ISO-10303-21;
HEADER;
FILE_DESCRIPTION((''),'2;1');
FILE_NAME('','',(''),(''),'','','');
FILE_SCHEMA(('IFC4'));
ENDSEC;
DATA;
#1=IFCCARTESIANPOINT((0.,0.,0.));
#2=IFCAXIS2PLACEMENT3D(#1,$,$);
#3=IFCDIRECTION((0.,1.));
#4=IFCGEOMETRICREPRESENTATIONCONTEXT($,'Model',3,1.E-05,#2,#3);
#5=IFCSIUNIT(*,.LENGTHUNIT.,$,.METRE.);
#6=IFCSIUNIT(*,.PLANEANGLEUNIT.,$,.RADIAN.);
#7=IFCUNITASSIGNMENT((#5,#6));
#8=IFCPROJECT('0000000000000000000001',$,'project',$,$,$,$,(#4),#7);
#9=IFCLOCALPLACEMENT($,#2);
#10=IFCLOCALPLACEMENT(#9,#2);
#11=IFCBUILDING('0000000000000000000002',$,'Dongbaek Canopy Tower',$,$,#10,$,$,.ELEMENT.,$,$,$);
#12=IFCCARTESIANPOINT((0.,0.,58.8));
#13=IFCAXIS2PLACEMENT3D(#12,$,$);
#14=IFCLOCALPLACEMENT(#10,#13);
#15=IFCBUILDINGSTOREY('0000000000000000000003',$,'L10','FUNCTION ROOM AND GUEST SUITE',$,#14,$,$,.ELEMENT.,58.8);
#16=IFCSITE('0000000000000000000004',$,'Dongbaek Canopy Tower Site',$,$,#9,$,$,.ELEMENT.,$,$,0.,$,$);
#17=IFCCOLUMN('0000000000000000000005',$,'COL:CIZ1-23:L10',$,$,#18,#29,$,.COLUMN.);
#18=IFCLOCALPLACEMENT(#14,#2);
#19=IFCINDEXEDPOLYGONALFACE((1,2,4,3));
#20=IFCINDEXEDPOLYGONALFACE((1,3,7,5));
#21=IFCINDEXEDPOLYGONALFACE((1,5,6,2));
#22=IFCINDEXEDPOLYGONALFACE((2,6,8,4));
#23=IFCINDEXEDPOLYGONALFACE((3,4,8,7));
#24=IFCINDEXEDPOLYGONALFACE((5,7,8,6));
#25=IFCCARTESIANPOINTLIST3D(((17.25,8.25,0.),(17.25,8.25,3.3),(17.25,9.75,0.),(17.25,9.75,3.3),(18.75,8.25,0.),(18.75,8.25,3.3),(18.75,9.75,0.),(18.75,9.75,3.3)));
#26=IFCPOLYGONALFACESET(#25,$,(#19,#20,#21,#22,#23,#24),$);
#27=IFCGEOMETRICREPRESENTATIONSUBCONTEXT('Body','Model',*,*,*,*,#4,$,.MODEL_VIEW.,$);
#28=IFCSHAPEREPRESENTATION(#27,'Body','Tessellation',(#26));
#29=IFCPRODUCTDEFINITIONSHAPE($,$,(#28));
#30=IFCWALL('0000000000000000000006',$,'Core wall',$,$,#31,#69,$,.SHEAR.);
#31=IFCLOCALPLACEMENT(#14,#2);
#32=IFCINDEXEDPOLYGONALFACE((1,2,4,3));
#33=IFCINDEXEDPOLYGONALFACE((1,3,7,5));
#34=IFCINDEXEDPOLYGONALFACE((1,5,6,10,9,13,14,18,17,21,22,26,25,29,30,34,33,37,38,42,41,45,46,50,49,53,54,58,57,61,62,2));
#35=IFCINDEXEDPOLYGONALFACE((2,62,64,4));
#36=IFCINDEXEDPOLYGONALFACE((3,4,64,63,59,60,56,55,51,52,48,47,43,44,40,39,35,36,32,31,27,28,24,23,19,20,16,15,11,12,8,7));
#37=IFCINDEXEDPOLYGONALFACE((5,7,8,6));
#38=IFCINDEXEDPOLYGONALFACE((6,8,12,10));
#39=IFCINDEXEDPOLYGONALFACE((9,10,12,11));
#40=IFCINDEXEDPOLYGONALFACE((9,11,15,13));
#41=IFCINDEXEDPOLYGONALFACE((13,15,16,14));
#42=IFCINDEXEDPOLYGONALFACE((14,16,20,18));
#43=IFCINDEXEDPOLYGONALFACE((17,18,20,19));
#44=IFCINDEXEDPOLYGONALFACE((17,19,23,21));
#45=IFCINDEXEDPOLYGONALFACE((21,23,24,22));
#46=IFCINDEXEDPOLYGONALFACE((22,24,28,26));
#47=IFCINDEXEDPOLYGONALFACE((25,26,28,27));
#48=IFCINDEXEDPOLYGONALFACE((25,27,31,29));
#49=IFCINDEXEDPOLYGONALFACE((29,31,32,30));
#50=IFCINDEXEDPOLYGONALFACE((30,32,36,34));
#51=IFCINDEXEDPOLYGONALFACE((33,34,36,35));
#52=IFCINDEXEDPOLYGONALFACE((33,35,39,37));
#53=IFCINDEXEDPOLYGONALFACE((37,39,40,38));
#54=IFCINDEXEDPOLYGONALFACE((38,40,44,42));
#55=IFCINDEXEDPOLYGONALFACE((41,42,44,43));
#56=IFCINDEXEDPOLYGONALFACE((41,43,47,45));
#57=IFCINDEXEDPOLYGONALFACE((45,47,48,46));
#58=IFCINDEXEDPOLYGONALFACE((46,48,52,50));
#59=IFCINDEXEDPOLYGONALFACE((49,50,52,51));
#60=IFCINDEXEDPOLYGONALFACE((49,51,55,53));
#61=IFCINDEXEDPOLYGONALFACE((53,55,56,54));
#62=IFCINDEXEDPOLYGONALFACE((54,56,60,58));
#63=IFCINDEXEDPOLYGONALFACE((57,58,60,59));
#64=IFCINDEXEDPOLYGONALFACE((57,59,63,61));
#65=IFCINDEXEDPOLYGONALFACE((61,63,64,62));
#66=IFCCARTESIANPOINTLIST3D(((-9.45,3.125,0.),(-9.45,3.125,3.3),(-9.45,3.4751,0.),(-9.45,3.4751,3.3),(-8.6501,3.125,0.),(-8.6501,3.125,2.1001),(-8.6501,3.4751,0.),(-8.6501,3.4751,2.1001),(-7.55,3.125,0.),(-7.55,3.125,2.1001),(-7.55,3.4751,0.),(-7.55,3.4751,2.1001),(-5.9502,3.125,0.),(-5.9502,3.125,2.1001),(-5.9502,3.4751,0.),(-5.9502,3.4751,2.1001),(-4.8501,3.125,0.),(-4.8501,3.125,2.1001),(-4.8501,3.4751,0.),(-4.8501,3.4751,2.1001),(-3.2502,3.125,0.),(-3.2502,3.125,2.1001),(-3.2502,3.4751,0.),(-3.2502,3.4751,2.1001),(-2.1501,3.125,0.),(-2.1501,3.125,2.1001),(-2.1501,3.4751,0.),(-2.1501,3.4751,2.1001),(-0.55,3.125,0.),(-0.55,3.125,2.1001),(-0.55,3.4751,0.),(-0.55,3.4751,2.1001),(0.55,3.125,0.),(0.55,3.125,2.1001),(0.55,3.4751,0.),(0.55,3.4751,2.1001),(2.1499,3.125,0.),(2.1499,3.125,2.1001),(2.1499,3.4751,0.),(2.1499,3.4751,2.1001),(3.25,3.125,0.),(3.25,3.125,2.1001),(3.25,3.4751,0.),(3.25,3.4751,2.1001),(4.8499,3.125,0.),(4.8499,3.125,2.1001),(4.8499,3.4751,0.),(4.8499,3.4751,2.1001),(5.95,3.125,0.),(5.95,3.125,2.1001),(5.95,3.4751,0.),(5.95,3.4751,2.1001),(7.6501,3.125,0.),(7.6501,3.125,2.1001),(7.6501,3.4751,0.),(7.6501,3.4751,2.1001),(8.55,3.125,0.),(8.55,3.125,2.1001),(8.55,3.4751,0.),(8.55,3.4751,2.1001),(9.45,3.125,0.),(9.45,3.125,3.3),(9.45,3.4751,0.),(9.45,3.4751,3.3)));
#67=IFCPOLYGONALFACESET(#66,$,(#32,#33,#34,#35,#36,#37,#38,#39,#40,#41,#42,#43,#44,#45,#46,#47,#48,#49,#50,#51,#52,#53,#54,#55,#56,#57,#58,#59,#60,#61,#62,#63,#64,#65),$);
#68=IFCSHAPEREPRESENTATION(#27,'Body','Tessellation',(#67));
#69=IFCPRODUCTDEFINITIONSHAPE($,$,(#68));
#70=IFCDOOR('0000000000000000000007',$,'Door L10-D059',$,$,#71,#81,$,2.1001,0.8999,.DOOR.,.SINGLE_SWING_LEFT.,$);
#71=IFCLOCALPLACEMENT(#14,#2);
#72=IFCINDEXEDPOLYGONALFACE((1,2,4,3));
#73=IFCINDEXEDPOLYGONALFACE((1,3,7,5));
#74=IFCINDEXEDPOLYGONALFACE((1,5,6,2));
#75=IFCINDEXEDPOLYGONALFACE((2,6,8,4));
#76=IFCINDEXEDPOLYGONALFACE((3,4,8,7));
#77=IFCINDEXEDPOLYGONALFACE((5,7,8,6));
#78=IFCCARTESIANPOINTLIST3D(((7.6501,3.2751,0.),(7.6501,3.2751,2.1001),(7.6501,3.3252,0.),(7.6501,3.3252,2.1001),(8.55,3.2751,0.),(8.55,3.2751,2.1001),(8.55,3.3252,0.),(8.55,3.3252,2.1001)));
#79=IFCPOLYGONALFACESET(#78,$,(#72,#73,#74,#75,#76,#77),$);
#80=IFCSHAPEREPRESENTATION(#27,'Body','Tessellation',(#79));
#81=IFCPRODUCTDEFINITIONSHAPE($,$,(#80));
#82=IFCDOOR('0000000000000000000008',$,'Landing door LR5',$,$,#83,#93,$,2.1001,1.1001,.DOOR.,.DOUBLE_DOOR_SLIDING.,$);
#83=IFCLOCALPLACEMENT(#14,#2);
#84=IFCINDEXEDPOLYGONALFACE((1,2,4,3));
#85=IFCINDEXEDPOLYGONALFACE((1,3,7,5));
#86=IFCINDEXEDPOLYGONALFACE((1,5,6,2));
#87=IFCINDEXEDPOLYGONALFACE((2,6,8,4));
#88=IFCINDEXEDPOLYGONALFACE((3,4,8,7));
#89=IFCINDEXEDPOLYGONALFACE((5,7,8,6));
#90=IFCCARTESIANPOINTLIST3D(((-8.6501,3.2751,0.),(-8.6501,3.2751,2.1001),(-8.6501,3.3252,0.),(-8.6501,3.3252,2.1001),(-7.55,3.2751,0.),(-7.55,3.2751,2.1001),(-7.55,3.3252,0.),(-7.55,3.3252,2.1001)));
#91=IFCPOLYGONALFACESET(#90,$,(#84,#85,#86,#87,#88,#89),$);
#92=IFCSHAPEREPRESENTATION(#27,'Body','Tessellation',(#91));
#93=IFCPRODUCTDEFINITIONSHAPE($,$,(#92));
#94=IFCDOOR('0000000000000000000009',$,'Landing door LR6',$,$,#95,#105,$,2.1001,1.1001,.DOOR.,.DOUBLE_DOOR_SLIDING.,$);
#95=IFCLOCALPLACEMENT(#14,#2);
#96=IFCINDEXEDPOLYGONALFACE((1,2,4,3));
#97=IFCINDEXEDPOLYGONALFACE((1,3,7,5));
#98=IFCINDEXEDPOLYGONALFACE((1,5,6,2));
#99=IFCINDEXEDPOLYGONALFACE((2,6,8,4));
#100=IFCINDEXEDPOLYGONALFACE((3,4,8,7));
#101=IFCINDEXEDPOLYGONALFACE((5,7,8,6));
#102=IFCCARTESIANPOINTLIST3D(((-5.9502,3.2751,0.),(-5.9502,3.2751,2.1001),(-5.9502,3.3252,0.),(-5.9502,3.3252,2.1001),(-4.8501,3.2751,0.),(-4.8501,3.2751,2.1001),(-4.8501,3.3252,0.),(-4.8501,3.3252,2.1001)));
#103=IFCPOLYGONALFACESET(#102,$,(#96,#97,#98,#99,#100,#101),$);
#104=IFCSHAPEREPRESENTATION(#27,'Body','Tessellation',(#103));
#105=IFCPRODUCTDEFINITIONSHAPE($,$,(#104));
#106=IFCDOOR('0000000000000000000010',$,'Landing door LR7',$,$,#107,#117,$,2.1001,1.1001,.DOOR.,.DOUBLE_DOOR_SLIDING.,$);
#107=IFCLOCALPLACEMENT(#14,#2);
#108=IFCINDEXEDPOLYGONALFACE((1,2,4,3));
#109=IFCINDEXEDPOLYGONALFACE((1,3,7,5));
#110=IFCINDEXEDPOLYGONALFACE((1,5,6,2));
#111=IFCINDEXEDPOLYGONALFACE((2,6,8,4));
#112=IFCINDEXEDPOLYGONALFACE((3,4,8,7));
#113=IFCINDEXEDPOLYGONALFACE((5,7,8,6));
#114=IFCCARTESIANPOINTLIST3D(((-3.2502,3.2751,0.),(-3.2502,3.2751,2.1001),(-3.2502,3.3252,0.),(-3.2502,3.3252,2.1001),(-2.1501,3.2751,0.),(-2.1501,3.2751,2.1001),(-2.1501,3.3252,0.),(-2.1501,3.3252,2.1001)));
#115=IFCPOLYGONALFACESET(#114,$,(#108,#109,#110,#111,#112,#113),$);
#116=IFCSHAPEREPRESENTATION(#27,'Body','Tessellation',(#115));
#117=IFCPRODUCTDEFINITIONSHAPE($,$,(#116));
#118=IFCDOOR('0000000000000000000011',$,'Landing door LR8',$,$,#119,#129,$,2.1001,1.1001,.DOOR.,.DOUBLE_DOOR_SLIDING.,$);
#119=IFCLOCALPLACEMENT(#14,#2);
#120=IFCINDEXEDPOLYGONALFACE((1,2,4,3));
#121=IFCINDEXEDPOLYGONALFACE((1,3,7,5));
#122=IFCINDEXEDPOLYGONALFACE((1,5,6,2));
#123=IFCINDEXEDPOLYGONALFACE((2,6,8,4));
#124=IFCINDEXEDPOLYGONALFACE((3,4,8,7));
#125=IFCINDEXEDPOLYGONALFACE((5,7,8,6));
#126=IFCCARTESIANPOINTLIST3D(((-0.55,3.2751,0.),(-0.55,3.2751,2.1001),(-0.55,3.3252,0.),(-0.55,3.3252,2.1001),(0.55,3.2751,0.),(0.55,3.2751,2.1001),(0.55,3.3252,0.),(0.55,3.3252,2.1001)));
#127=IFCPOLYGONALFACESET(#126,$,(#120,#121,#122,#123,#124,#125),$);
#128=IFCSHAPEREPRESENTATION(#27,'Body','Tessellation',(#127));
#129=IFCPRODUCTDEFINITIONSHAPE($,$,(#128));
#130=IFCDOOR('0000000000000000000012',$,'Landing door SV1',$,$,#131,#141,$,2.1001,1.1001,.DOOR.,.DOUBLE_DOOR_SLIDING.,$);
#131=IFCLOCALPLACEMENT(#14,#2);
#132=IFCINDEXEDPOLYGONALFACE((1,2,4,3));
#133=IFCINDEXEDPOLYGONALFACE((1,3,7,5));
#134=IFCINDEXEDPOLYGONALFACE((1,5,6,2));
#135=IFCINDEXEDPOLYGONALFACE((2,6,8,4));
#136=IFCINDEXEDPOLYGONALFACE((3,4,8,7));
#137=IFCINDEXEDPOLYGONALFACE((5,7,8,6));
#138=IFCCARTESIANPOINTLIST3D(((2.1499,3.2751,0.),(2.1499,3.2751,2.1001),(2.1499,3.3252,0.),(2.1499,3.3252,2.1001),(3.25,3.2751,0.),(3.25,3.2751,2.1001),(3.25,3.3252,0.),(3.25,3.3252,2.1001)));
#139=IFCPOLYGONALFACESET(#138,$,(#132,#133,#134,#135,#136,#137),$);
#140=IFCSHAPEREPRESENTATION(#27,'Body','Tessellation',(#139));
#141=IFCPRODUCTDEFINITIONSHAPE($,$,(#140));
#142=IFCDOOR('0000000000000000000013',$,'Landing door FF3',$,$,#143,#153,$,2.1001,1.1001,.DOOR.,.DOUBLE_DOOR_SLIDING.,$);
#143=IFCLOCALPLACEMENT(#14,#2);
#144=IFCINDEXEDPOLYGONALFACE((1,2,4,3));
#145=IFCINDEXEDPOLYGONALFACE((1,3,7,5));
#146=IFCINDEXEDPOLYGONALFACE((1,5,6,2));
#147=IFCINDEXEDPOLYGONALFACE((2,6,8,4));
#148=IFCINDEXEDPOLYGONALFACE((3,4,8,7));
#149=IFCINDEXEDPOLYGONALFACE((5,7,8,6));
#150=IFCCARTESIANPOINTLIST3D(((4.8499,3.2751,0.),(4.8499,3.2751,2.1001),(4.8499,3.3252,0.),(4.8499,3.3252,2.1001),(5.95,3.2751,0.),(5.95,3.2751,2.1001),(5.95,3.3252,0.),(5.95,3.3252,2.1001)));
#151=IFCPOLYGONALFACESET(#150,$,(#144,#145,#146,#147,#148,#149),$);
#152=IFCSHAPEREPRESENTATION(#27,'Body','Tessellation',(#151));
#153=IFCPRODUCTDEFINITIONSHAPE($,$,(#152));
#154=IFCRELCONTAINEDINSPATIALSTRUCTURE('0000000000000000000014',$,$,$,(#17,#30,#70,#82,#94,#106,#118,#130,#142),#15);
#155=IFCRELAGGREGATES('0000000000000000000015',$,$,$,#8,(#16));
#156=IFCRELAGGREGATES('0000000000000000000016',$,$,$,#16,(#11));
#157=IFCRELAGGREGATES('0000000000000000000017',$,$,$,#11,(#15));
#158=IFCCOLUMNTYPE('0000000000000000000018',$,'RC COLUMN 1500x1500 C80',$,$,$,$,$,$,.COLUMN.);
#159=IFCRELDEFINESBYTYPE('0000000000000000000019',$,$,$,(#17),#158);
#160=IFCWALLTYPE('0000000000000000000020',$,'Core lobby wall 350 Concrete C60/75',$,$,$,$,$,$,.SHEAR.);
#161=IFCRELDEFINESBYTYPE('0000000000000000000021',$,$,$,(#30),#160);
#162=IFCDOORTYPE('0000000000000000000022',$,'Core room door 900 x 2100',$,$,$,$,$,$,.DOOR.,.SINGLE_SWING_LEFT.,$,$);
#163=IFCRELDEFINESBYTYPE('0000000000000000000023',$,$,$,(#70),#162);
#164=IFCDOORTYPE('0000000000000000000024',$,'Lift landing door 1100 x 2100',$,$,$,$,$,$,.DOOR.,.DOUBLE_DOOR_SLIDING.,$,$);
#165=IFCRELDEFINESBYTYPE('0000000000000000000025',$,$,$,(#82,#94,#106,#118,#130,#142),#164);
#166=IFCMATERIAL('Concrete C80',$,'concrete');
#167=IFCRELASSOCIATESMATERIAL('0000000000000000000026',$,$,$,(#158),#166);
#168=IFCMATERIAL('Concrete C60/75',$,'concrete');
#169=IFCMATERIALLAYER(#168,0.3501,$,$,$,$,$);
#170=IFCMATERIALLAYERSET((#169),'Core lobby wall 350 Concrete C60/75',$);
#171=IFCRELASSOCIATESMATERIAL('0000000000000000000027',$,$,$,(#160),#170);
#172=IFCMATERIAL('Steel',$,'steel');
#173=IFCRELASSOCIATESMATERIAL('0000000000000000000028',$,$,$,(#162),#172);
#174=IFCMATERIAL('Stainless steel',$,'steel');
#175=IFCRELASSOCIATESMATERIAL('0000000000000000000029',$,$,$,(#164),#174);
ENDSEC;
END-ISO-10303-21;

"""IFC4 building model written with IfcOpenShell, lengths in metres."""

from ifc_helpers import new_model, si_unit, direction, frame, frame_2d, origin, origin_2d, place, context, subcontext, project, spatial, rectangle, extrude, material, layer, layer_set, material_profile, profile_set, type_object, element, fill, save


model = new_model("IFC4")

# Units and contexts
model_context = context("Model", 3, precision=1e-05, world=origin(), true_north=direction((0.0, 1.0)))
body_context = subcontext(model_context, "Body", "Model", "MODEL_VIEW")
ifc_project = project(units=[si_unit("LENGTHUNIT", "METRE"), si_unit("PLANEANGLEUNIT", "RADIAN")], contexts=[model_context])

# Site, building, storey
site_placement = place(None, origin())
site = spatial("IfcSite", under=ifc_project, at=site_placement, Name="Dongbaek Canopy Tower Site", CompositionType="ELEMENT", RefElevation=0.0)
building_placement = place(site_placement, origin())
building = spatial("IfcBuilding", under=site, at=building_placement, Name="Dongbaek Canopy Tower", CompositionType="ELEMENT")
storey_placement = place(building_placement, frame((0.0, 0.0, 58.8)))
storey = spatial("IfcBuildingStorey", under=building, at=storey_placement, Name="L10", Description="FUNCTION ROOM AND GUEST SUITE", CompositionType="ELEMENT", Elevation=58.8)

# Column
ifc_material_1 = material(Name="Concrete C80", Category="concrete")
ifc_material_profile = material_profile(ifc_material_1, rectangle(XDim=1.5, YDim=1.5, at=origin_2d()), Name="RC COLUMN 1500x1500 C80")
ifc_profile_set = profile_set([ifc_material_profile], Name="Concrete C80")
column_type = type_object("IfcColumnType", Name="RC COLUMN 1500x1500 C80", PredefinedType="COLUMN", material=ifc_profile_set)
column_placement = place(storey_placement, frame((18.0, 9.0, 0.0), z_axis=(0.0, 0.0, 1.0), x_axis=(1.0, 0.0, 0.0)))
element("IfcColumn", 1, at=column_placement, inside=storey, type_object=column_type, Name="COL:CIZ1-23:L10", PredefinedType="COLUMN", context=body_context, shape_type="SweptSolid", body=[
    extrude(rectangle(XDim=1.5, YDim=1.5, at=origin_2d()), origin(), (0.0, 0.0, 1.0), 3.3),
])

# Wall, openings, doors
ifc_material_2 = material(Name="Concrete C60/75", Category="concrete")
ifc_layer_1 = layer(ifc_material_2, 0.3501)
ifc_layer_set_1 = layer_set([ifc_layer_1], Name="Core lobby wall 350 Concrete C60/75")
wall_type_1 = type_object("IfcWallType", Name="Core lobby wall 350 Concrete C60/75", PredefinedType="SHEAR", material=ifc_layer_set_1)
wall_1_placement = place(storey_placement, frame((9.45, 3.3, 0.0), z_axis=(0.0, 0.0, 1.0), x_axis=(-1.0, 0.0, 0.0)))
wall_1 = element("IfcWall", 2, at=wall_1_placement, inside=storey, type_object=wall_type_1, Name="Core wall", PredefinedType="SHEAR", context=body_context, shape_type="SweptSolid", body=[
    extrude(rectangle(XDim=18.8999, YDim=0.3501, at=frame_2d((9.45, 0.0))), origin(), (0.0, 0.0, 1.0), 3.3),
])
opening_1_placement = place(wall_1_placement, frame((17.0, 0.0, 0.0)))
opening_1 = element("IfcOpeningElement", 3, at=opening_1_placement, cuts=wall_1, PredefinedType="OPENING", context=body_context, shape_type="SweptSolid", body=[
    extrude(rectangle(XDim=1.1001, YDim=2.1001, at=frame_2d((0.55, 1.05))), frame((0.0, 0.1851, 0.0), z_axis=(0.0, -1.0, 0.0), x_axis=(1.0, 0.0, 0.0)), (0.0, 0.0, 1.0), 0.3701),
])
opening_2_placement = place(wall_1_placement, frame((14.3, 0.0, 0.0)))
opening_2 = element("IfcOpeningElement", 4, at=opening_2_placement, cuts=wall_1, PredefinedType="OPENING", context=body_context, shape_type="SweptSolid", body=[
    extrude(rectangle(XDim=1.1001, YDim=2.1001, at=frame_2d((0.55, 1.05))), frame((0.0, 0.1851, 0.0), z_axis=(0.0, -1.0, 0.0), x_axis=(1.0, 0.0, 0.0)), (0.0, 0.0, 1.0), 0.3701),
])
opening_3_placement = place(wall_1_placement, frame((11.6001, 0.0, 0.0)))
opening_3 = element("IfcOpeningElement", 5, at=opening_3_placement, cuts=wall_1, PredefinedType="OPENING", context=body_context, shape_type="SweptSolid", body=[
    extrude(rectangle(XDim=1.1001, YDim=2.1001, at=frame_2d((0.55, 1.05))), frame((0.0, 0.1851, 0.0), z_axis=(0.0, -1.0, 0.0), x_axis=(1.0, 0.0, 0.0)), (0.0, 0.0, 1.0), 0.3701),
])
opening_4_placement = place(wall_1_placement, frame((8.8999, 0.0, 0.0)))
opening_4 = element("IfcOpeningElement", 6, at=opening_4_placement, cuts=wall_1, PredefinedType="OPENING", context=body_context, shape_type="SweptSolid", body=[
    extrude(rectangle(XDim=1.1001, YDim=2.1001, at=frame_2d((0.55, 1.05))), frame((0.0, 0.1851, 0.0), z_axis=(0.0, -1.0, 0.0), x_axis=(1.0, 0.0, 0.0)), (0.0, 0.0, 1.0), 0.3701),
])
opening_5_placement = place(wall_1_placement, frame((6.2, 0.0, 0.0)))
opening_5 = element("IfcOpeningElement", 7, at=opening_5_placement, cuts=wall_1, PredefinedType="OPENING", context=body_context, shape_type="SweptSolid", body=[
    extrude(rectangle(XDim=1.1001, YDim=2.1001, at=frame_2d((0.55, 1.05))), frame((0.0, 0.1851, 0.0), z_axis=(0.0, -1.0, 0.0), x_axis=(1.0, 0.0, 0.0)), (0.0, 0.0, 1.0), 0.3701),
])
opening_6_placement = place(wall_1_placement, frame((3.5, 0.0, 0.0)))
opening_6 = element("IfcOpeningElement", 8, at=opening_6_placement, cuts=wall_1, PredefinedType="OPENING", context=body_context, shape_type="SweptSolid", body=[
    extrude(rectangle(XDim=1.1001, YDim=2.1001, at=frame_2d((0.55, 1.05))), frame((0.0, 0.1851, 0.0), z_axis=(0.0, -1.0, 0.0), x_axis=(1.0, 0.0, 0.0)), (0.0, 0.0, 1.0), 0.3701),
])
opening_7_placement = place(wall_1_placement, frame((0.8999, 0.0, 0.0)))
opening_7 = element("IfcOpeningElement", 9, at=opening_7_placement, cuts=wall_1, PredefinedType="OPENING", context=body_context, shape_type="SweptSolid", body=[
    extrude(rectangle(XDim=0.8999, YDim=2.1001, at=frame_2d((0.45, 1.05))), frame((0.0, 0.1851, 0.0), z_axis=(0.0, -1.0, 0.0), x_axis=(1.0, 0.0, 0.0)), (0.0, 0.0, 1.0), 0.3701),
])
ifc_material_3 = material(Name="Steel", Category="steel")
door_type_1 = type_object("IfcDoorType", Name="Core room door 900 x 2100", OperationType="SINGLE_SWING_LEFT", PredefinedType="DOOR", material=ifc_material_3)
door_1_placement = place(opening_7_placement, origin())
door_1 = element("IfcDoor", 10, at=door_1_placement, inside=storey, type_object=door_type_1, Name="Door L10-D059", OperationType="SINGLE_SWING_LEFT", OverallHeight=2.1001, OverallWidth=0.8999, PredefinedType="DOOR", context=body_context, shape_type="SweptSolid", body=[
    extrude(rectangle(XDim=0.8999, YDim=2.1001, at=frame_2d((0.45, 1.05))), frame((0.0, 0.0249, 0.0), z_axis=(0.0, -1.0, 0.0), x_axis=(1.0, 0.0, 0.0)), (0.0, 0.0, 1.0), 0.05),
])
fill(opening_7, door_1)
ifc_material_4 = material(Name="Stainless steel", Category="steel")
door_type_2 = type_object("IfcDoorType", Name="Lift landing door 1100 x 2100", OperationType="DOUBLE_DOOR_SLIDING", PredefinedType="DOOR", material=ifc_material_4)
door_2_placement = place(opening_1_placement, origin())
door_2 = element("IfcDoor", 11, at=door_2_placement, inside=storey, type_object=door_type_2, Name="Landing door LR5", OperationType="DOUBLE_DOOR_SLIDING", OverallHeight=2.1001, OverallWidth=1.1001, PredefinedType="DOOR", context=body_context, shape_type="SweptSolid", body=[
    extrude(rectangle(XDim=1.1001, YDim=2.1001, at=frame_2d((0.55, 1.05))), frame((0.0, 0.0249, 0.0), z_axis=(0.0, -1.0, 0.0), x_axis=(1.0, 0.0, 0.0)), (0.0, 0.0, 1.0), 0.05),
])
fill(opening_1, door_2)
door_3_placement = place(opening_2_placement, origin())
door_3 = element("IfcDoor", 12, at=door_3_placement, inside=storey, type_object=door_type_2, Name="Landing door LR6", OperationType="DOUBLE_DOOR_SLIDING", OverallHeight=2.1001, OverallWidth=1.1001, PredefinedType="DOOR", context=body_context, shape_type="SweptSolid", body=[
    extrude(rectangle(XDim=1.1001, YDim=2.1001, at=frame_2d((0.55, 1.05))), frame((0.0, 0.0249, 0.0), z_axis=(0.0, -1.0, 0.0), x_axis=(1.0, 0.0, 0.0)), (0.0, 0.0, 1.0), 0.05),
])
fill(opening_2, door_3)
door_4_placement = place(opening_3_placement, origin())
door_4 = element("IfcDoor", 13, at=door_4_placement, inside=storey, type_object=door_type_2, Name="Landing door LR7", OperationType="DOUBLE_DOOR_SLIDING", OverallHeight=2.1001, OverallWidth=1.1001, PredefinedType="DOOR", context=body_context, shape_type="SweptSolid", body=[
    extrude(rectangle(XDim=1.1001, YDim=2.1001, at=frame_2d((0.55, 1.05))), frame((0.0, 0.0249, 0.0), z_axis=(0.0, -1.0, 0.0), x_axis=(1.0, 0.0, 0.0)), (0.0, 0.0, 1.0), 0.05),
])
fill(opening_3, door_4)
door_5_placement = place(opening_4_placement, origin())
door_5 = element("IfcDoor", 14, at=door_5_placement, inside=storey, type_object=door_type_2, Name="Landing door LR8", OperationType="DOUBLE_DOOR_SLIDING", OverallHeight=2.1001, OverallWidth=1.1001, PredefinedType="DOOR", context=body_context, shape_type="SweptSolid", body=[
    extrude(rectangle(XDim=1.1001, YDim=2.1001, at=frame_2d((0.55, 1.05))), frame((0.0, 0.0249, 0.0), z_axis=(0.0, -1.0, 0.0), x_axis=(1.0, 0.0, 0.0)), (0.0, 0.0, 1.0), 0.05),
])
fill(opening_4, door_5)
door_6_placement = place(opening_5_placement, origin())
door_6 = element("IfcDoor", 15, at=door_6_placement, inside=storey, type_object=door_type_2, Name="Landing door SV1", OperationType="DOUBLE_DOOR_SLIDING", OverallHeight=2.1001, OverallWidth=1.1001, PredefinedType="DOOR", context=body_context, shape_type="SweptSolid", body=[
    extrude(rectangle(XDim=1.1001, YDim=2.1001, at=frame_2d((0.55, 1.05))), frame((0.0, 0.0249, 0.0), z_axis=(0.0, -1.0, 0.0), x_axis=(1.0, 0.0, 0.0)), (0.0, 0.0, 1.0), 0.05),
])
fill(opening_5, door_6)
door_7_placement = place(opening_6_placement, origin())
door_7 = element("IfcDoor", 16, at=door_7_placement, inside=storey, type_object=door_type_2, Name="Landing door FF3", OperationType="DOUBLE_DOOR_SLIDING", OverallHeight=2.1001, OverallWidth=1.1001, PredefinedType="DOOR", context=body_context, shape_type="SweptSolid", body=[
    extrude(rectangle(XDim=1.1001, YDim=2.1001, at=frame_2d((0.55, 1.05))), frame((0.0, 0.0249, 0.0), z_axis=(0.0, -1.0, 0.0), x_axis=(1.0, 0.0, 0.0)), (0.0, 0.0, 1.0), 0.05),
])
fill(opening_6, door_7)

save(model, "model.ifc")
